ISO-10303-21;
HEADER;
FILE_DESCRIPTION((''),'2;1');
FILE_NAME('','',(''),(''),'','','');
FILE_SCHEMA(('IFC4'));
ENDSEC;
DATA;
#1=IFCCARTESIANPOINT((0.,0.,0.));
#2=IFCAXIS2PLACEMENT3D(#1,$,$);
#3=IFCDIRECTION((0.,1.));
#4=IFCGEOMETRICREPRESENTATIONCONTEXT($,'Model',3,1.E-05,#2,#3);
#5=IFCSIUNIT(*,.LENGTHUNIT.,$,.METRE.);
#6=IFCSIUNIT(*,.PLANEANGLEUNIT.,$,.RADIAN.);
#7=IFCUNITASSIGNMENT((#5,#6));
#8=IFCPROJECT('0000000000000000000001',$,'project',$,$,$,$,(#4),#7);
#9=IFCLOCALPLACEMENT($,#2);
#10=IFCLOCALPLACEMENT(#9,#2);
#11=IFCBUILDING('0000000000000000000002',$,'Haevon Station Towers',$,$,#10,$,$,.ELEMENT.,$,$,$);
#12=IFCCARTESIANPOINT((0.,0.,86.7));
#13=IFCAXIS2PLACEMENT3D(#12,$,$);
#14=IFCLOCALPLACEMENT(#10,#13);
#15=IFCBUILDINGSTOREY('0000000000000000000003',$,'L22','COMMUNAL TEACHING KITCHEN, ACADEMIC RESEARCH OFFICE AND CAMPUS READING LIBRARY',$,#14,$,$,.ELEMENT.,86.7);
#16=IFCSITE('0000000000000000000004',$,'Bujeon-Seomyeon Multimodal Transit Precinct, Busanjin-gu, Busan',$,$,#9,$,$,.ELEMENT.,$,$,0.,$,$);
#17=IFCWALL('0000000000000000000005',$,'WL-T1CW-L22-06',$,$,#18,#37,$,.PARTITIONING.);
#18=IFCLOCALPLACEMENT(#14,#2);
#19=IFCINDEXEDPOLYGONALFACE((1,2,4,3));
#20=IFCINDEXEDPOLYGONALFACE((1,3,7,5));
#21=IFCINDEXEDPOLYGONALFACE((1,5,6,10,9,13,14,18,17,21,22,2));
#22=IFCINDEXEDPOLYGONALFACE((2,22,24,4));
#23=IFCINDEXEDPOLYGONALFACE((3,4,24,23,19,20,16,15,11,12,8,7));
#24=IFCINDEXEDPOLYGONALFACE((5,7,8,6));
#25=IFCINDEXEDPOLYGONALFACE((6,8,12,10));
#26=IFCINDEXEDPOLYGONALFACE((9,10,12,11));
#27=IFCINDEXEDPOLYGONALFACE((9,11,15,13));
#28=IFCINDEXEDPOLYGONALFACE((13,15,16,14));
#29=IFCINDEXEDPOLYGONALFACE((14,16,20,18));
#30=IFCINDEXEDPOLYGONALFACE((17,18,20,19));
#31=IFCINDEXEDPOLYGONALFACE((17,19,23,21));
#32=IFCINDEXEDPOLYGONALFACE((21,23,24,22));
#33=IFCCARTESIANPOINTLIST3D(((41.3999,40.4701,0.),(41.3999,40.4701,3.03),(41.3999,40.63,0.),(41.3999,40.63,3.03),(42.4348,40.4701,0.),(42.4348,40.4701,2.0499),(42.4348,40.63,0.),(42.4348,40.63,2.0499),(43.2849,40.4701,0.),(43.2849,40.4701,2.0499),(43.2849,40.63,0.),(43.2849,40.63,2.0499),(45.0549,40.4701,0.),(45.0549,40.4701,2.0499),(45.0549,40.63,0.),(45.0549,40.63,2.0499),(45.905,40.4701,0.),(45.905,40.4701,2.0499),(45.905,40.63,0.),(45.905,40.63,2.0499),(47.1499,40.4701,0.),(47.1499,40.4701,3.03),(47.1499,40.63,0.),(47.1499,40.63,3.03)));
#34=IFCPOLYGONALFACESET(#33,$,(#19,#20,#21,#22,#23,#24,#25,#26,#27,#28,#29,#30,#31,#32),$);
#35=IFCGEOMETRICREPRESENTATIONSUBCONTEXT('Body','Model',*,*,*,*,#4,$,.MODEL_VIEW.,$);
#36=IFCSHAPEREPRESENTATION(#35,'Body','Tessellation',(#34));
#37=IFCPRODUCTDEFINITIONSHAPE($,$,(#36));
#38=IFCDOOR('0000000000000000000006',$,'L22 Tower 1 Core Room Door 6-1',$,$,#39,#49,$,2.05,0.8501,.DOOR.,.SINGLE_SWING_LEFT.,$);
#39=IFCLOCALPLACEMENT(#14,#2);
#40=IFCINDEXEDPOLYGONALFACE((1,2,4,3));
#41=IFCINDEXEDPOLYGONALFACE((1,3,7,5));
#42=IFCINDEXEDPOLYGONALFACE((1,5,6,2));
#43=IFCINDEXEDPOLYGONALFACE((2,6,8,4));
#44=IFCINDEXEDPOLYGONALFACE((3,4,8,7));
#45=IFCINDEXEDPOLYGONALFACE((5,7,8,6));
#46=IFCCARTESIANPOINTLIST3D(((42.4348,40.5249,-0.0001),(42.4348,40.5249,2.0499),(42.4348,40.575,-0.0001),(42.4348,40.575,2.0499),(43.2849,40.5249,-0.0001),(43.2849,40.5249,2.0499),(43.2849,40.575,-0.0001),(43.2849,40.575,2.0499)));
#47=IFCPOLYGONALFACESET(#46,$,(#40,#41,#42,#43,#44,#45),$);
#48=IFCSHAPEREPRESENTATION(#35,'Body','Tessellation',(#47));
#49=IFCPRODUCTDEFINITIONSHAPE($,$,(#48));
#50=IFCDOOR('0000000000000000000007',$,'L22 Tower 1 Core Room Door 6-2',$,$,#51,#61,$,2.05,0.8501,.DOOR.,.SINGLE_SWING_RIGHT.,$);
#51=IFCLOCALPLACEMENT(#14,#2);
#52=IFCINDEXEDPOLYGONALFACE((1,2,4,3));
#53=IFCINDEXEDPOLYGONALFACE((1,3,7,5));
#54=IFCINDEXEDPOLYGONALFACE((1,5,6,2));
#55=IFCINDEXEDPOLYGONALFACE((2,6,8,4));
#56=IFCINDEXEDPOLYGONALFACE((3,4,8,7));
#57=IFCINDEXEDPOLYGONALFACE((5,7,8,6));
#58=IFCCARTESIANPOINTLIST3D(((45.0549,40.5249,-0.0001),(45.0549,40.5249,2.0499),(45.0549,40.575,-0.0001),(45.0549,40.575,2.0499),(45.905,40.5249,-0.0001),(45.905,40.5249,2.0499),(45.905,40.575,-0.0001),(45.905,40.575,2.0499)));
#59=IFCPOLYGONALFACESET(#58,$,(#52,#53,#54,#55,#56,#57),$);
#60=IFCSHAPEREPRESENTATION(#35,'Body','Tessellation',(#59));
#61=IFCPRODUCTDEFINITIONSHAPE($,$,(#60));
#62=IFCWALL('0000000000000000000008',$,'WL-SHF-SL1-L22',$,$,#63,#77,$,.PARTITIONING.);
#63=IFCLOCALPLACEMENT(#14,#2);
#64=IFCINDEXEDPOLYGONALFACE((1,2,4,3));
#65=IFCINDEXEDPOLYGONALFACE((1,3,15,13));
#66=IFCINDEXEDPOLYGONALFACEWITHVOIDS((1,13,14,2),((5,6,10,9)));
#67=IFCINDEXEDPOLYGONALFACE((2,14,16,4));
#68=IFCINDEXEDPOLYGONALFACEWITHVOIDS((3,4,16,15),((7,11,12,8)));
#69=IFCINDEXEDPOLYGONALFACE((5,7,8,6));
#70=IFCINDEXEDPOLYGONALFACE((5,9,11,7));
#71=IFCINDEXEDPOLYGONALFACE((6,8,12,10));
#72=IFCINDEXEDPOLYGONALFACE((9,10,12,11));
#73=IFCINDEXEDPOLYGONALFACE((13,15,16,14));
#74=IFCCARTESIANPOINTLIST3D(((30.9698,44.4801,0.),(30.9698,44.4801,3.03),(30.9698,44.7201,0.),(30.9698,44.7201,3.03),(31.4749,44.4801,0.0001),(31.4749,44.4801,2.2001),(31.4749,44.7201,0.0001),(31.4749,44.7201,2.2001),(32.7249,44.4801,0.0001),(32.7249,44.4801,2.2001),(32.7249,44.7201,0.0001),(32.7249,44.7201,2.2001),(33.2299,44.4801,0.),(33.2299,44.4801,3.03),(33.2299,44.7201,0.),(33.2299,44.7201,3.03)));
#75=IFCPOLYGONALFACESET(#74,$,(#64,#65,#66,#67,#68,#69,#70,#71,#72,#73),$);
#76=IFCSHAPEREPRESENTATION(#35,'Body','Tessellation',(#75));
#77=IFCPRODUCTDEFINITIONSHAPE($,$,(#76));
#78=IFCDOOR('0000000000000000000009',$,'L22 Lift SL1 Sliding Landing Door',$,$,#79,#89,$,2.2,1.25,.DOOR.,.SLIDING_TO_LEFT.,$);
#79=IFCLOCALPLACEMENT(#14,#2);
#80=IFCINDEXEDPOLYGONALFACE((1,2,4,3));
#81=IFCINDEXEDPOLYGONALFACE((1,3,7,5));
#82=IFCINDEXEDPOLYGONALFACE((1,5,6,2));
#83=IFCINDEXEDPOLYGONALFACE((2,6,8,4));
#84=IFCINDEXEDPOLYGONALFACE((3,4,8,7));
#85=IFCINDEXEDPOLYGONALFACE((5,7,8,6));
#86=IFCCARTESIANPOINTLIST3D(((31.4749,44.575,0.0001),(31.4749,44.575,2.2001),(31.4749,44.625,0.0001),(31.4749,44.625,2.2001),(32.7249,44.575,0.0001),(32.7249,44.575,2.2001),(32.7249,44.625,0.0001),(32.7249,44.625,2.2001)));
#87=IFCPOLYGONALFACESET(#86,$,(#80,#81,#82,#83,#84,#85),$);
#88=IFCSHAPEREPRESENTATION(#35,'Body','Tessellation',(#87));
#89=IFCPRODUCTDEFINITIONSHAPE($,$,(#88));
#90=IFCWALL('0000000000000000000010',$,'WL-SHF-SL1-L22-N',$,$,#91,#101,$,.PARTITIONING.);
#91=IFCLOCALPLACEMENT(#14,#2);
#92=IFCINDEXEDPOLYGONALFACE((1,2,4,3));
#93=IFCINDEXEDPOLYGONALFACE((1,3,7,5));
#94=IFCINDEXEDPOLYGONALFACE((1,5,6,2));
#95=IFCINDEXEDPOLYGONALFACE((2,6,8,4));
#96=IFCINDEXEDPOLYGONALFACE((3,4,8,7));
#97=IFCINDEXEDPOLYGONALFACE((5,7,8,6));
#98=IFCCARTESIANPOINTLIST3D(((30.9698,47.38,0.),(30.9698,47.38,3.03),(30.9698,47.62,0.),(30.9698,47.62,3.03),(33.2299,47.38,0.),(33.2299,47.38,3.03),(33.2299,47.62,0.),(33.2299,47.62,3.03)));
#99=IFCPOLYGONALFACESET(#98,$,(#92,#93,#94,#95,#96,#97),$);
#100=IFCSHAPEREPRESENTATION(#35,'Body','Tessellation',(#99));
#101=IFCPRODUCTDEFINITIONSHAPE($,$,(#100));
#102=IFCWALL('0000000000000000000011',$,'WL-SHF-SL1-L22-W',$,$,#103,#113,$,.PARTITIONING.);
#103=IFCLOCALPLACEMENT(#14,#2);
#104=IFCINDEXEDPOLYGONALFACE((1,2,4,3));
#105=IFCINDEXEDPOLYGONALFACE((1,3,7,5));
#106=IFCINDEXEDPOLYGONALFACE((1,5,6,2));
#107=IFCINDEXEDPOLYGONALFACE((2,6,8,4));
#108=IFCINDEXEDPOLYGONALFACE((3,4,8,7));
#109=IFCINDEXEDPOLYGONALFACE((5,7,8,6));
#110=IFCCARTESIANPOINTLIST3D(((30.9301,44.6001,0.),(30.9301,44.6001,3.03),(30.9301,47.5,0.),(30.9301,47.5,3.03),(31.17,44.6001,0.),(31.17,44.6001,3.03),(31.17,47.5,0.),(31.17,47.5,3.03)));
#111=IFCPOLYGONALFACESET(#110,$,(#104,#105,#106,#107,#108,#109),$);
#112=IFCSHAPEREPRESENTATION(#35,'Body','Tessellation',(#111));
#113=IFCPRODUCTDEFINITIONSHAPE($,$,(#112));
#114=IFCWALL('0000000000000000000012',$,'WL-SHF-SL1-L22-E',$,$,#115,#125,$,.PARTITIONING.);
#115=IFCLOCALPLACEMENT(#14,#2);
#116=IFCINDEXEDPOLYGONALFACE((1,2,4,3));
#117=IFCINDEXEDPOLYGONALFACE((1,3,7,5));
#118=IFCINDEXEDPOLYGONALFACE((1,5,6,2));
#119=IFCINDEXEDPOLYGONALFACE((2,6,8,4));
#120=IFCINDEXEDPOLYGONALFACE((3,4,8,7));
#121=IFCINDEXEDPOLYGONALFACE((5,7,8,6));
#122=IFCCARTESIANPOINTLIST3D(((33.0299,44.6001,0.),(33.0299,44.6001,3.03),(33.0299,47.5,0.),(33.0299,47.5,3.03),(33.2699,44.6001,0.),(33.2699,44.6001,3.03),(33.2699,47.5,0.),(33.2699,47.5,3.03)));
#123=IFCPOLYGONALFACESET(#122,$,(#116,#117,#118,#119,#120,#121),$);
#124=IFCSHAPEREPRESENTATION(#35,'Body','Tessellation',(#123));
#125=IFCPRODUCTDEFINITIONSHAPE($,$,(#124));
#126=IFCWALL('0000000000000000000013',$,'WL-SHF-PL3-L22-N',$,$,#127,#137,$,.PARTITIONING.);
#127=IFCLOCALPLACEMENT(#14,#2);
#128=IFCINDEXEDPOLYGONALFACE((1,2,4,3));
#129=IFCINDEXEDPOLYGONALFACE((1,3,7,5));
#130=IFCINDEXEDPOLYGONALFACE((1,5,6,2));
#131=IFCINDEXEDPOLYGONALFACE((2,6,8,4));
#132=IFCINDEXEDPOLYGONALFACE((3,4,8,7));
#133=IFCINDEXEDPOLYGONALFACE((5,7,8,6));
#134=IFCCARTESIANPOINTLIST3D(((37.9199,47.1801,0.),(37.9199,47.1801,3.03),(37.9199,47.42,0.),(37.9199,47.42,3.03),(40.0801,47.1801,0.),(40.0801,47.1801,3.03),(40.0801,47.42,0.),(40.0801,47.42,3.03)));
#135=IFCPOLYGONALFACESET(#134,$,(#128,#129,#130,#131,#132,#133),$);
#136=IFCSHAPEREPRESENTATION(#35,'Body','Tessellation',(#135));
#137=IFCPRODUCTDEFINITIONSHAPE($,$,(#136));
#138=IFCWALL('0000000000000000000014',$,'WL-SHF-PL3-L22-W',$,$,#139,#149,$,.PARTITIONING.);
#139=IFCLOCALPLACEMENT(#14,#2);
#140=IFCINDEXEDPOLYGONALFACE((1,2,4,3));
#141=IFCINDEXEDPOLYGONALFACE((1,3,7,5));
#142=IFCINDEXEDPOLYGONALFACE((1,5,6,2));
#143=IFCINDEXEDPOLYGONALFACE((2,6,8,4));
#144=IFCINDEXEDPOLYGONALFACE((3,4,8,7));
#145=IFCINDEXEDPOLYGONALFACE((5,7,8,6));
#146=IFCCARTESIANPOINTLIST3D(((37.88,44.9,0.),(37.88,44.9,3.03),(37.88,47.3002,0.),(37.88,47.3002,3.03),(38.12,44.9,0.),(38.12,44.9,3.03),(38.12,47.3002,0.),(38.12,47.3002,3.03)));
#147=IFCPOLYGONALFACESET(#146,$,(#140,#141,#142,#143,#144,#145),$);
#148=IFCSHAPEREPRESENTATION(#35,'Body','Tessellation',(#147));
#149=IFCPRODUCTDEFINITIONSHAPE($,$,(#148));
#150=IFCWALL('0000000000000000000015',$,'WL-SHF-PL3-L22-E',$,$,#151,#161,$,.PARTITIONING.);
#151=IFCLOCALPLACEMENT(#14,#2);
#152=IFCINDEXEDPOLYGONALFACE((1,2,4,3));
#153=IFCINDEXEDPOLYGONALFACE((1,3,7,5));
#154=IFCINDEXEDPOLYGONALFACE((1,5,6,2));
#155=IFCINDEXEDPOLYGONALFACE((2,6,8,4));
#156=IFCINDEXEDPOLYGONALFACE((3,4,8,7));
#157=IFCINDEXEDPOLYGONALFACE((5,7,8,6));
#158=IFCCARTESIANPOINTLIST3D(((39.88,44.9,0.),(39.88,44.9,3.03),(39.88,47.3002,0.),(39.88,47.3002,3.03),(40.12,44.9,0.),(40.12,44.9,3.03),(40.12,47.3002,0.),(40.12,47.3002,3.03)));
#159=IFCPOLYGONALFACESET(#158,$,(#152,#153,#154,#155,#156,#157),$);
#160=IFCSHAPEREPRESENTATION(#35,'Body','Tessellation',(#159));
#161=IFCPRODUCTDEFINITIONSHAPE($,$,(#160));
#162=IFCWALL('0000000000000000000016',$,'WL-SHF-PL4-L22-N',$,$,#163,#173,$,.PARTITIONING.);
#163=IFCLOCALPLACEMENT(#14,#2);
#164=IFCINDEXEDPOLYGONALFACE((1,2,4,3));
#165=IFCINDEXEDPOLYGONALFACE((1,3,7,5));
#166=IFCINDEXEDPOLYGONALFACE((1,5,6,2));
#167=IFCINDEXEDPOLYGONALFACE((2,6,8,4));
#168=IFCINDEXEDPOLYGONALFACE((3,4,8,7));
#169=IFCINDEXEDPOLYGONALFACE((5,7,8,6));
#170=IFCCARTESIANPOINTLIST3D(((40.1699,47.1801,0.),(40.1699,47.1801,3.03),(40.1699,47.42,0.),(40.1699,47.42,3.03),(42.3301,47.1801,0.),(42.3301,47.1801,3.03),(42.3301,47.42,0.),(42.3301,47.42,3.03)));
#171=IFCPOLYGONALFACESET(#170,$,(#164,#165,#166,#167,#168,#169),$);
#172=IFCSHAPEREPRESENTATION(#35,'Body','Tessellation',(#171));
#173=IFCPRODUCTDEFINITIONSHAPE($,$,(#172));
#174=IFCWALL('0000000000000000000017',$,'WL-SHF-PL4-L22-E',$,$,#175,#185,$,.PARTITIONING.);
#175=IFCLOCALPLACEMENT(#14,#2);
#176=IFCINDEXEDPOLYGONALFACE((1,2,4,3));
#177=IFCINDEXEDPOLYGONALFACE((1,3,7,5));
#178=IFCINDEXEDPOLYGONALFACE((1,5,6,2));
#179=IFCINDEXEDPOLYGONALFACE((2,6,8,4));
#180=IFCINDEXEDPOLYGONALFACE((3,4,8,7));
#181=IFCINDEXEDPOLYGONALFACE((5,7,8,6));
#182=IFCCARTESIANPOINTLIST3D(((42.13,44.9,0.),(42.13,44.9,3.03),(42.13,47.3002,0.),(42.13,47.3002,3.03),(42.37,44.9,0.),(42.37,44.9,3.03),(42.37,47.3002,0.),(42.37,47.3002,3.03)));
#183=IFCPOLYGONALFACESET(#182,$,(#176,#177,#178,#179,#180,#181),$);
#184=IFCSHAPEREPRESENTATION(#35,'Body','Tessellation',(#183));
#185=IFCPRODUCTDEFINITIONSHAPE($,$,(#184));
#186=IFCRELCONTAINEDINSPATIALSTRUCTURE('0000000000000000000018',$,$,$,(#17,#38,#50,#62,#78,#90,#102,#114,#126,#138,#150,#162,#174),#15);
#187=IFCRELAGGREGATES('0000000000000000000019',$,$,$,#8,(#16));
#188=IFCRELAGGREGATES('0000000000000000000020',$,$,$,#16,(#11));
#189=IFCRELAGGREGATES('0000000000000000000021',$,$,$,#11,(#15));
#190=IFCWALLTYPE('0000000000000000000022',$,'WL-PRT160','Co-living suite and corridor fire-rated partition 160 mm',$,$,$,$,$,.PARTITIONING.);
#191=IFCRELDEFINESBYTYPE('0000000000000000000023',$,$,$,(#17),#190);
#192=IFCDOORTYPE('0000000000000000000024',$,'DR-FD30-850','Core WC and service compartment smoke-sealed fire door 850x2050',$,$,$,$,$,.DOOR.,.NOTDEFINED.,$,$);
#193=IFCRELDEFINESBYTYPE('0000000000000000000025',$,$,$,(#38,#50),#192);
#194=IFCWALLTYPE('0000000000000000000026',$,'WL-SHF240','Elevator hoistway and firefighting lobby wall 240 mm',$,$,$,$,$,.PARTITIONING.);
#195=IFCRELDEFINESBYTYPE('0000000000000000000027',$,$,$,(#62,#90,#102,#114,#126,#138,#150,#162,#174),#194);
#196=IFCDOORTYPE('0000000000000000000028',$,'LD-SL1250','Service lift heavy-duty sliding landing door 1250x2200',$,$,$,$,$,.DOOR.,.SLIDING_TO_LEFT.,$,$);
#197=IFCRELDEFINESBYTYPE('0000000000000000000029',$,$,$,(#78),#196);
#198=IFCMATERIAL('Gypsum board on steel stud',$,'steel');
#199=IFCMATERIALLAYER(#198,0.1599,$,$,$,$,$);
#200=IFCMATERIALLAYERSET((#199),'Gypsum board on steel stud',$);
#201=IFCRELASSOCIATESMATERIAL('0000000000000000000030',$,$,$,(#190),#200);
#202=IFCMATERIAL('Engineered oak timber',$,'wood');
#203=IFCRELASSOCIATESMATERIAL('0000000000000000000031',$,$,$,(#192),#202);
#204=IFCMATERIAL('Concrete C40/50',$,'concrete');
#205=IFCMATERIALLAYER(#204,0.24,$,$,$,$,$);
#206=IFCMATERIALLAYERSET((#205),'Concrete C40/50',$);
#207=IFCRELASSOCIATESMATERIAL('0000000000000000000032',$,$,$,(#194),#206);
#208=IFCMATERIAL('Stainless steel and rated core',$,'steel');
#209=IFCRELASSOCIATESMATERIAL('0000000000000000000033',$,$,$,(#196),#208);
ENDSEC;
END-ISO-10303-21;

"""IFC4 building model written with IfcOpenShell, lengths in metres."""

from ifc_helpers import new_model, si_unit, direction, frame, frame_2d, origin, place, context, subcontext, project, spatial, rectangle, extrude, material, layer, layer_set, type_object, element, fill, save


model = new_model("IFC4")

# Units and contexts
model_context = context("Model", 3, precision=1e-05, world=origin(), true_north=direction((0.0, 1.0)))
body_context = subcontext(model_context, "Body", "Model", "MODEL_VIEW")
ifc_project = project(units=[si_unit("LENGTHUNIT", "METRE"), si_unit("PLANEANGLEUNIT", "RADIAN")], contexts=[model_context])

# Site, building, storey
site_placement = place(None, origin())
site = spatial("IfcSite", under=ifc_project, at=site_placement, Name="Bujeon-Seomyeon Multimodal Transit Precinct, Busanjin-gu, Busan", CompositionType="ELEMENT", RefElevation=0.0)
building_placement = place(site_placement, origin())
building = spatial("IfcBuilding", under=site, at=building_placement, Name="Haevon Station Towers", CompositionType="ELEMENT")
storey_placement = place(building_placement, frame((0.0, 0.0, 86.7)))
storey = spatial("IfcBuildingStorey", under=building, at=storey_placement, Name="L22", Description="COMMUNAL TEACHING KITCHEN, ACADEMIC RESEARCH OFFICE AND CAMPUS READING LIBRARY", CompositionType="ELEMENT", Elevation=86.7)

# Shared definitions
ifc_material_1 = material(Name="Gypsum board on steel stud", Category="steel")
ifc_layer_1 = layer(ifc_material_1, 0.1599)
ifc_layer_set_1 = layer_set([ifc_layer_1], Name="Gypsum board on steel stud")
wall_type_1 = type_object("IfcWallType", Name="WL-PRT160", Description="Co-living suite and corridor fire-rated partition 160 mm", PredefinedType="PARTITIONING", material=ifc_layer_set_1)
ifc_material_2 = material(Name="Engineered oak timber", Category="wood")

# Wall, openings, doors
wall_1_placement = place(storey_placement, frame((41.3999, 40.55, 0.0), z_axis=(0.0, 0.0, 1.0), x_axis=(1.0, 0.0, 0.0)))
wall_1 = element("IfcWall", 1, at=wall_1_placement, inside=storey, type_object=wall_type_1, Name="WL-T1CW-L22-06", PredefinedType="PARTITIONING", context=body_context, shape_type="SweptSolid", body=[
    extrude(rectangle(XDim=5.75, YDim=0.1599, at=frame_2d((2.875, 0.0))), origin(), (0.0, 0.0, 1.0), 3.03),
])
opening_1_placement = place(wall_1_placement, frame((1.0349, 0.0, 0.0)))
opening_1 = element("IfcOpeningElement", 2, at=opening_1_placement, cuts=wall_1, PredefinedType="OPENING", context=body_context, shape_type="SweptSolid", body=[
    extrude(rectangle(XDim=0.8501, YDim=2.05, at=frame_2d((0.425, 1.0249))), frame((0.0, 0.0898, 0.0), z_axis=(0.0, -1.0, 0.0), x_axis=(1.0, 0.0, 0.0)), (0.0, 0.0, 1.0), 0.1799),
])
opening_2_placement = place(wall_1_placement, frame((3.655, 0.0, 0.0)))
opening_2 = element("IfcOpeningElement", 3, at=opening_2_placement, cuts=wall_1, PredefinedType="OPENING", context=body_context, shape_type="SweptSolid", body=[
    extrude(rectangle(XDim=0.8501, YDim=2.05, at=frame_2d((0.425, 1.0249))), frame((0.0, 0.0898, 0.0), z_axis=(0.0, -1.0, 0.0), x_axis=(1.0, 0.0, 0.0)), (0.0, 0.0, 1.0), 0.1799),
])
door_type_1 = type_object("IfcDoorType", Name="DR-FD30-850", Description="Core WC and service compartment smoke-sealed fire door 850x2050", OperationType="NOTDEFINED", PredefinedType="DOOR", material=ifc_material_2)
door_1_placement = place(opening_1_placement, origin())
door_1 = element("IfcDoor", 4, at=door_1_placement, inside=storey, type_object=door_type_1, Name="L22 Tower 1 Core Room Door 6-1", OperationType="SINGLE_SWING_LEFT", OverallHeight=2.05, OverallWidth=0.8501, PredefinedType="DOOR", context=body_context, shape_type="SweptSolid", body=[
    extrude(rectangle(XDim=0.8501, YDim=2.05, at=frame_2d((0.425, 1.0249))), frame((0.0, 0.0249, 0.0), z_axis=(0.0, -1.0, 0.0), x_axis=(1.0, 0.0, 0.0)), (0.0, 0.0, 1.0), 0.05),
])
fill(opening_1, door_1)
door_2_placement = place(opening_2_placement, origin())
door_2 = element("IfcDoor", 5, at=door_2_placement, inside=storey, type_object=door_type_1, Name="L22 Tower 1 Core Room Door 6-2", OperationType="SINGLE_SWING_RIGHT", OverallHeight=2.05, OverallWidth=0.8501, PredefinedType="DOOR", context=body_context, shape_type="SweptSolid", body=[
    extrude(rectangle(XDim=0.8501, YDim=2.05, at=frame_2d((0.425, 1.0249))), frame((0.0, 0.0249, 0.0), z_axis=(0.0, -1.0, 0.0), x_axis=(1.0, 0.0, 0.0)), (0.0, 0.0, 1.0), 0.05),
])
fill(opening_2, door_2)

# Wall, opening, door
ifc_material_3 = material(Name="Concrete C40/50", Category="concrete")
ifc_layer_2 = layer(ifc_material_3, 0.24)
ifc_layer_set_2 = layer_set([ifc_layer_2], Name="Concrete C40/50")
wall_type_2 = type_object("IfcWallType", Name="WL-SHF240", Description="Elevator hoistway and firefighting lobby wall 240 mm", PredefinedType="PARTITIONING", material=ifc_layer_set_2)
wall_2_placement = place(storey_placement, frame((30.97, 44.6001, 0.0), z_axis=(0.0, 0.0, 1.0), x_axis=(1.0, 0.0, 0.0)))
wall_2 = element("IfcWall", 6, at=wall_2_placement, inside=storey, type_object=wall_type_2, Name="WL-SHF-SL1-L22", PredefinedType="PARTITIONING", context=body_context, shape_type="SweptSolid", body=[
    extrude(rectangle(XDim=2.26, YDim=0.24, at=frame_2d((1.1299, 0.0))), origin(), (0.0, 0.0, 1.0), 3.03),
])
opening_3_placement = place(wall_2_placement, frame((0.5049, 0.0, 0.0)))
opening_3 = element("IfcOpeningElement", 7, at=opening_3_placement, cuts=wall_2, PredefinedType="OPENING", context=body_context, shape_type="SweptSolid", body=[
    extrude(rectangle(XDim=1.25, YDim=2.2, at=frame_2d((0.625, 1.1001))), frame((0.0, 0.1299, 0.0), z_axis=(0.0, -1.0, 0.0), x_axis=(1.0, 0.0, 0.0)), (0.0, 0.0, 1.0), 0.26),
])
ifc_material_4 = material(Name="Stainless steel and rated core", Category="steel")
door_type_2 = type_object("IfcDoorType", Name="LD-SL1250", Description="Service lift heavy-duty sliding landing door 1250x2200", OperationType="SLIDING_TO_LEFT", PredefinedType="DOOR", material=ifc_material_4)
door_3_placement = place(opening_3_placement, origin())
door_3 = element("IfcDoor", 8, at=door_3_placement, inside=storey, type_object=door_type_2, Name="L22 Lift SL1 Sliding Landing Door", OperationType="SLIDING_TO_LEFT", OverallHeight=2.2, OverallWidth=1.25, PredefinedType="DOOR", context=body_context, shape_type="SweptSolid", body=[
    extrude(rectangle(XDim=1.25, YDim=2.2, at=frame_2d((0.625, 1.1001))), frame((0.0, 0.0249, 0.0), z_axis=(0.0, -1.0, 0.0), x_axis=(1.0, 0.0, 0.0)), (0.0, 0.0, 1.0), 0.05),
])
fill(opening_3, door_3)

# Walls
wall_3_placement = place(storey_placement, frame((30.97, 47.5, 0.0), z_axis=(0.0, 0.0, 1.0), x_axis=(1.0, 0.0, 0.0)))
element("IfcWall", 9, at=wall_3_placement, inside=storey, type_object=wall_type_2, Name="WL-SHF-SL1-L22-N", PredefinedType="PARTITIONING", context=body_context, shape_type="SweptSolid", body=[
    extrude(rectangle(XDim=2.26, YDim=0.24, at=frame_2d((1.1299, 0.0))), origin(), (0.0, 0.0, 1.0), 3.03),
])
for number, where, z_axis, x_axis, name in (
    (10, (31.05, 44.6001, 0.0), (0.0, 0.0, 1.0), (0.0, 1.0, 0.0), "WL-SHF-SL1-L22-W"),
    (11, (33.1499, 44.6001, 0.0), (0.0, 0.0, 1.0), (0.0, 1.0, 0.0), "WL-SHF-SL1-L22-E"),
):
    element("IfcWall", number, at=place(storey_placement, frame(where, z_axis=z_axis, x_axis=x_axis)), inside=storey, type_object=wall_type_2, Name=name, PredefinedType="PARTITIONING", context=body_context, shape_type="SweptSolid", body=[
        extrude(rectangle(XDim=2.8999, YDim=0.24, at=frame_2d((1.45, 0.0))), origin(), (0.0, 0.0, 1.0), 3.03),
    ])

# Walls
wall_4_placement = place(storey_placement, frame((37.9199, 47.3, 0.0), z_axis=(0.0, 0.0, 1.0), x_axis=(1.0, 0.0, 0.0)))
element("IfcWall", 12, at=wall_4_placement, inside=storey, type_object=wall_type_2, Name="WL-SHF-PL3-L22-N", PredefinedType="PARTITIONING", context=body_context, shape_type="SweptSolid", body=[
    extrude(rectangle(XDim=2.1602, YDim=0.24, at=frame_2d((1.0801, 0.0))), origin(), (0.0, 0.0, 1.0), 3.03),
])
for number, where, z_axis, x_axis, name in (
    (13, (38.0, 44.8999, 0.0), (0.0, 0.0, 1.0), (0.0, 1.0, 0.0), "WL-SHF-PL3-L22-W"),
    (14, (40.0, 44.8999, 0.0), (0.0, 0.0, 1.0), (0.0, 1.0, 0.0), "WL-SHF-PL3-L22-E"),
):
    element("IfcWall", number, at=place(storey_placement, frame(where, z_axis=z_axis, x_axis=x_axis)), inside=storey, type_object=wall_type_2, Name=name, PredefinedType="PARTITIONING", context=body_context, shape_type="SweptSolid", body=[
        extrude(rectangle(XDim=2.4001, YDim=0.24, at=frame_2d((1.2002, 0.0))), origin(), (0.0, 0.0, 1.0), 3.03),
    ])

# Walls
wall_5_placement = place(storey_placement, frame((40.1699, 47.3, 0.0), z_axis=(0.0, 0.0, 1.0), x_axis=(1.0, 0.0, 0.0)))
element("IfcWall", 15, at=wall_5_placement, inside=storey, type_object=wall_type_2, Name="WL-SHF-PL4-L22-N", PredefinedType="PARTITIONING", context=body_context, shape_type="SweptSolid", body=[
    extrude(rectangle(XDim=2.1602, YDim=0.24, at=frame_2d((1.0801, 0.0))), origin(), (0.0, 0.0, 1.0), 3.03),
])
wall_6_placement = place(storey_placement, frame((42.25, 44.8999, 0.0), z_axis=(0.0, 0.0, 1.0), x_axis=(0.0, 1.0, 0.0)))
element("IfcWall", 16, at=wall_6_placement, inside=storey, type_object=wall_type_2, Name="WL-SHF-PL4-L22-E", PredefinedType="PARTITIONING", context=body_context, shape_type="SweptSolid", body=[
    extrude(rectangle(XDim=2.4001, YDim=0.24, at=frame_2d((1.2002, 0.0))), origin(), (0.0, 0.0, 1.0), 3.03),
])

save(model, "model.ifc")
